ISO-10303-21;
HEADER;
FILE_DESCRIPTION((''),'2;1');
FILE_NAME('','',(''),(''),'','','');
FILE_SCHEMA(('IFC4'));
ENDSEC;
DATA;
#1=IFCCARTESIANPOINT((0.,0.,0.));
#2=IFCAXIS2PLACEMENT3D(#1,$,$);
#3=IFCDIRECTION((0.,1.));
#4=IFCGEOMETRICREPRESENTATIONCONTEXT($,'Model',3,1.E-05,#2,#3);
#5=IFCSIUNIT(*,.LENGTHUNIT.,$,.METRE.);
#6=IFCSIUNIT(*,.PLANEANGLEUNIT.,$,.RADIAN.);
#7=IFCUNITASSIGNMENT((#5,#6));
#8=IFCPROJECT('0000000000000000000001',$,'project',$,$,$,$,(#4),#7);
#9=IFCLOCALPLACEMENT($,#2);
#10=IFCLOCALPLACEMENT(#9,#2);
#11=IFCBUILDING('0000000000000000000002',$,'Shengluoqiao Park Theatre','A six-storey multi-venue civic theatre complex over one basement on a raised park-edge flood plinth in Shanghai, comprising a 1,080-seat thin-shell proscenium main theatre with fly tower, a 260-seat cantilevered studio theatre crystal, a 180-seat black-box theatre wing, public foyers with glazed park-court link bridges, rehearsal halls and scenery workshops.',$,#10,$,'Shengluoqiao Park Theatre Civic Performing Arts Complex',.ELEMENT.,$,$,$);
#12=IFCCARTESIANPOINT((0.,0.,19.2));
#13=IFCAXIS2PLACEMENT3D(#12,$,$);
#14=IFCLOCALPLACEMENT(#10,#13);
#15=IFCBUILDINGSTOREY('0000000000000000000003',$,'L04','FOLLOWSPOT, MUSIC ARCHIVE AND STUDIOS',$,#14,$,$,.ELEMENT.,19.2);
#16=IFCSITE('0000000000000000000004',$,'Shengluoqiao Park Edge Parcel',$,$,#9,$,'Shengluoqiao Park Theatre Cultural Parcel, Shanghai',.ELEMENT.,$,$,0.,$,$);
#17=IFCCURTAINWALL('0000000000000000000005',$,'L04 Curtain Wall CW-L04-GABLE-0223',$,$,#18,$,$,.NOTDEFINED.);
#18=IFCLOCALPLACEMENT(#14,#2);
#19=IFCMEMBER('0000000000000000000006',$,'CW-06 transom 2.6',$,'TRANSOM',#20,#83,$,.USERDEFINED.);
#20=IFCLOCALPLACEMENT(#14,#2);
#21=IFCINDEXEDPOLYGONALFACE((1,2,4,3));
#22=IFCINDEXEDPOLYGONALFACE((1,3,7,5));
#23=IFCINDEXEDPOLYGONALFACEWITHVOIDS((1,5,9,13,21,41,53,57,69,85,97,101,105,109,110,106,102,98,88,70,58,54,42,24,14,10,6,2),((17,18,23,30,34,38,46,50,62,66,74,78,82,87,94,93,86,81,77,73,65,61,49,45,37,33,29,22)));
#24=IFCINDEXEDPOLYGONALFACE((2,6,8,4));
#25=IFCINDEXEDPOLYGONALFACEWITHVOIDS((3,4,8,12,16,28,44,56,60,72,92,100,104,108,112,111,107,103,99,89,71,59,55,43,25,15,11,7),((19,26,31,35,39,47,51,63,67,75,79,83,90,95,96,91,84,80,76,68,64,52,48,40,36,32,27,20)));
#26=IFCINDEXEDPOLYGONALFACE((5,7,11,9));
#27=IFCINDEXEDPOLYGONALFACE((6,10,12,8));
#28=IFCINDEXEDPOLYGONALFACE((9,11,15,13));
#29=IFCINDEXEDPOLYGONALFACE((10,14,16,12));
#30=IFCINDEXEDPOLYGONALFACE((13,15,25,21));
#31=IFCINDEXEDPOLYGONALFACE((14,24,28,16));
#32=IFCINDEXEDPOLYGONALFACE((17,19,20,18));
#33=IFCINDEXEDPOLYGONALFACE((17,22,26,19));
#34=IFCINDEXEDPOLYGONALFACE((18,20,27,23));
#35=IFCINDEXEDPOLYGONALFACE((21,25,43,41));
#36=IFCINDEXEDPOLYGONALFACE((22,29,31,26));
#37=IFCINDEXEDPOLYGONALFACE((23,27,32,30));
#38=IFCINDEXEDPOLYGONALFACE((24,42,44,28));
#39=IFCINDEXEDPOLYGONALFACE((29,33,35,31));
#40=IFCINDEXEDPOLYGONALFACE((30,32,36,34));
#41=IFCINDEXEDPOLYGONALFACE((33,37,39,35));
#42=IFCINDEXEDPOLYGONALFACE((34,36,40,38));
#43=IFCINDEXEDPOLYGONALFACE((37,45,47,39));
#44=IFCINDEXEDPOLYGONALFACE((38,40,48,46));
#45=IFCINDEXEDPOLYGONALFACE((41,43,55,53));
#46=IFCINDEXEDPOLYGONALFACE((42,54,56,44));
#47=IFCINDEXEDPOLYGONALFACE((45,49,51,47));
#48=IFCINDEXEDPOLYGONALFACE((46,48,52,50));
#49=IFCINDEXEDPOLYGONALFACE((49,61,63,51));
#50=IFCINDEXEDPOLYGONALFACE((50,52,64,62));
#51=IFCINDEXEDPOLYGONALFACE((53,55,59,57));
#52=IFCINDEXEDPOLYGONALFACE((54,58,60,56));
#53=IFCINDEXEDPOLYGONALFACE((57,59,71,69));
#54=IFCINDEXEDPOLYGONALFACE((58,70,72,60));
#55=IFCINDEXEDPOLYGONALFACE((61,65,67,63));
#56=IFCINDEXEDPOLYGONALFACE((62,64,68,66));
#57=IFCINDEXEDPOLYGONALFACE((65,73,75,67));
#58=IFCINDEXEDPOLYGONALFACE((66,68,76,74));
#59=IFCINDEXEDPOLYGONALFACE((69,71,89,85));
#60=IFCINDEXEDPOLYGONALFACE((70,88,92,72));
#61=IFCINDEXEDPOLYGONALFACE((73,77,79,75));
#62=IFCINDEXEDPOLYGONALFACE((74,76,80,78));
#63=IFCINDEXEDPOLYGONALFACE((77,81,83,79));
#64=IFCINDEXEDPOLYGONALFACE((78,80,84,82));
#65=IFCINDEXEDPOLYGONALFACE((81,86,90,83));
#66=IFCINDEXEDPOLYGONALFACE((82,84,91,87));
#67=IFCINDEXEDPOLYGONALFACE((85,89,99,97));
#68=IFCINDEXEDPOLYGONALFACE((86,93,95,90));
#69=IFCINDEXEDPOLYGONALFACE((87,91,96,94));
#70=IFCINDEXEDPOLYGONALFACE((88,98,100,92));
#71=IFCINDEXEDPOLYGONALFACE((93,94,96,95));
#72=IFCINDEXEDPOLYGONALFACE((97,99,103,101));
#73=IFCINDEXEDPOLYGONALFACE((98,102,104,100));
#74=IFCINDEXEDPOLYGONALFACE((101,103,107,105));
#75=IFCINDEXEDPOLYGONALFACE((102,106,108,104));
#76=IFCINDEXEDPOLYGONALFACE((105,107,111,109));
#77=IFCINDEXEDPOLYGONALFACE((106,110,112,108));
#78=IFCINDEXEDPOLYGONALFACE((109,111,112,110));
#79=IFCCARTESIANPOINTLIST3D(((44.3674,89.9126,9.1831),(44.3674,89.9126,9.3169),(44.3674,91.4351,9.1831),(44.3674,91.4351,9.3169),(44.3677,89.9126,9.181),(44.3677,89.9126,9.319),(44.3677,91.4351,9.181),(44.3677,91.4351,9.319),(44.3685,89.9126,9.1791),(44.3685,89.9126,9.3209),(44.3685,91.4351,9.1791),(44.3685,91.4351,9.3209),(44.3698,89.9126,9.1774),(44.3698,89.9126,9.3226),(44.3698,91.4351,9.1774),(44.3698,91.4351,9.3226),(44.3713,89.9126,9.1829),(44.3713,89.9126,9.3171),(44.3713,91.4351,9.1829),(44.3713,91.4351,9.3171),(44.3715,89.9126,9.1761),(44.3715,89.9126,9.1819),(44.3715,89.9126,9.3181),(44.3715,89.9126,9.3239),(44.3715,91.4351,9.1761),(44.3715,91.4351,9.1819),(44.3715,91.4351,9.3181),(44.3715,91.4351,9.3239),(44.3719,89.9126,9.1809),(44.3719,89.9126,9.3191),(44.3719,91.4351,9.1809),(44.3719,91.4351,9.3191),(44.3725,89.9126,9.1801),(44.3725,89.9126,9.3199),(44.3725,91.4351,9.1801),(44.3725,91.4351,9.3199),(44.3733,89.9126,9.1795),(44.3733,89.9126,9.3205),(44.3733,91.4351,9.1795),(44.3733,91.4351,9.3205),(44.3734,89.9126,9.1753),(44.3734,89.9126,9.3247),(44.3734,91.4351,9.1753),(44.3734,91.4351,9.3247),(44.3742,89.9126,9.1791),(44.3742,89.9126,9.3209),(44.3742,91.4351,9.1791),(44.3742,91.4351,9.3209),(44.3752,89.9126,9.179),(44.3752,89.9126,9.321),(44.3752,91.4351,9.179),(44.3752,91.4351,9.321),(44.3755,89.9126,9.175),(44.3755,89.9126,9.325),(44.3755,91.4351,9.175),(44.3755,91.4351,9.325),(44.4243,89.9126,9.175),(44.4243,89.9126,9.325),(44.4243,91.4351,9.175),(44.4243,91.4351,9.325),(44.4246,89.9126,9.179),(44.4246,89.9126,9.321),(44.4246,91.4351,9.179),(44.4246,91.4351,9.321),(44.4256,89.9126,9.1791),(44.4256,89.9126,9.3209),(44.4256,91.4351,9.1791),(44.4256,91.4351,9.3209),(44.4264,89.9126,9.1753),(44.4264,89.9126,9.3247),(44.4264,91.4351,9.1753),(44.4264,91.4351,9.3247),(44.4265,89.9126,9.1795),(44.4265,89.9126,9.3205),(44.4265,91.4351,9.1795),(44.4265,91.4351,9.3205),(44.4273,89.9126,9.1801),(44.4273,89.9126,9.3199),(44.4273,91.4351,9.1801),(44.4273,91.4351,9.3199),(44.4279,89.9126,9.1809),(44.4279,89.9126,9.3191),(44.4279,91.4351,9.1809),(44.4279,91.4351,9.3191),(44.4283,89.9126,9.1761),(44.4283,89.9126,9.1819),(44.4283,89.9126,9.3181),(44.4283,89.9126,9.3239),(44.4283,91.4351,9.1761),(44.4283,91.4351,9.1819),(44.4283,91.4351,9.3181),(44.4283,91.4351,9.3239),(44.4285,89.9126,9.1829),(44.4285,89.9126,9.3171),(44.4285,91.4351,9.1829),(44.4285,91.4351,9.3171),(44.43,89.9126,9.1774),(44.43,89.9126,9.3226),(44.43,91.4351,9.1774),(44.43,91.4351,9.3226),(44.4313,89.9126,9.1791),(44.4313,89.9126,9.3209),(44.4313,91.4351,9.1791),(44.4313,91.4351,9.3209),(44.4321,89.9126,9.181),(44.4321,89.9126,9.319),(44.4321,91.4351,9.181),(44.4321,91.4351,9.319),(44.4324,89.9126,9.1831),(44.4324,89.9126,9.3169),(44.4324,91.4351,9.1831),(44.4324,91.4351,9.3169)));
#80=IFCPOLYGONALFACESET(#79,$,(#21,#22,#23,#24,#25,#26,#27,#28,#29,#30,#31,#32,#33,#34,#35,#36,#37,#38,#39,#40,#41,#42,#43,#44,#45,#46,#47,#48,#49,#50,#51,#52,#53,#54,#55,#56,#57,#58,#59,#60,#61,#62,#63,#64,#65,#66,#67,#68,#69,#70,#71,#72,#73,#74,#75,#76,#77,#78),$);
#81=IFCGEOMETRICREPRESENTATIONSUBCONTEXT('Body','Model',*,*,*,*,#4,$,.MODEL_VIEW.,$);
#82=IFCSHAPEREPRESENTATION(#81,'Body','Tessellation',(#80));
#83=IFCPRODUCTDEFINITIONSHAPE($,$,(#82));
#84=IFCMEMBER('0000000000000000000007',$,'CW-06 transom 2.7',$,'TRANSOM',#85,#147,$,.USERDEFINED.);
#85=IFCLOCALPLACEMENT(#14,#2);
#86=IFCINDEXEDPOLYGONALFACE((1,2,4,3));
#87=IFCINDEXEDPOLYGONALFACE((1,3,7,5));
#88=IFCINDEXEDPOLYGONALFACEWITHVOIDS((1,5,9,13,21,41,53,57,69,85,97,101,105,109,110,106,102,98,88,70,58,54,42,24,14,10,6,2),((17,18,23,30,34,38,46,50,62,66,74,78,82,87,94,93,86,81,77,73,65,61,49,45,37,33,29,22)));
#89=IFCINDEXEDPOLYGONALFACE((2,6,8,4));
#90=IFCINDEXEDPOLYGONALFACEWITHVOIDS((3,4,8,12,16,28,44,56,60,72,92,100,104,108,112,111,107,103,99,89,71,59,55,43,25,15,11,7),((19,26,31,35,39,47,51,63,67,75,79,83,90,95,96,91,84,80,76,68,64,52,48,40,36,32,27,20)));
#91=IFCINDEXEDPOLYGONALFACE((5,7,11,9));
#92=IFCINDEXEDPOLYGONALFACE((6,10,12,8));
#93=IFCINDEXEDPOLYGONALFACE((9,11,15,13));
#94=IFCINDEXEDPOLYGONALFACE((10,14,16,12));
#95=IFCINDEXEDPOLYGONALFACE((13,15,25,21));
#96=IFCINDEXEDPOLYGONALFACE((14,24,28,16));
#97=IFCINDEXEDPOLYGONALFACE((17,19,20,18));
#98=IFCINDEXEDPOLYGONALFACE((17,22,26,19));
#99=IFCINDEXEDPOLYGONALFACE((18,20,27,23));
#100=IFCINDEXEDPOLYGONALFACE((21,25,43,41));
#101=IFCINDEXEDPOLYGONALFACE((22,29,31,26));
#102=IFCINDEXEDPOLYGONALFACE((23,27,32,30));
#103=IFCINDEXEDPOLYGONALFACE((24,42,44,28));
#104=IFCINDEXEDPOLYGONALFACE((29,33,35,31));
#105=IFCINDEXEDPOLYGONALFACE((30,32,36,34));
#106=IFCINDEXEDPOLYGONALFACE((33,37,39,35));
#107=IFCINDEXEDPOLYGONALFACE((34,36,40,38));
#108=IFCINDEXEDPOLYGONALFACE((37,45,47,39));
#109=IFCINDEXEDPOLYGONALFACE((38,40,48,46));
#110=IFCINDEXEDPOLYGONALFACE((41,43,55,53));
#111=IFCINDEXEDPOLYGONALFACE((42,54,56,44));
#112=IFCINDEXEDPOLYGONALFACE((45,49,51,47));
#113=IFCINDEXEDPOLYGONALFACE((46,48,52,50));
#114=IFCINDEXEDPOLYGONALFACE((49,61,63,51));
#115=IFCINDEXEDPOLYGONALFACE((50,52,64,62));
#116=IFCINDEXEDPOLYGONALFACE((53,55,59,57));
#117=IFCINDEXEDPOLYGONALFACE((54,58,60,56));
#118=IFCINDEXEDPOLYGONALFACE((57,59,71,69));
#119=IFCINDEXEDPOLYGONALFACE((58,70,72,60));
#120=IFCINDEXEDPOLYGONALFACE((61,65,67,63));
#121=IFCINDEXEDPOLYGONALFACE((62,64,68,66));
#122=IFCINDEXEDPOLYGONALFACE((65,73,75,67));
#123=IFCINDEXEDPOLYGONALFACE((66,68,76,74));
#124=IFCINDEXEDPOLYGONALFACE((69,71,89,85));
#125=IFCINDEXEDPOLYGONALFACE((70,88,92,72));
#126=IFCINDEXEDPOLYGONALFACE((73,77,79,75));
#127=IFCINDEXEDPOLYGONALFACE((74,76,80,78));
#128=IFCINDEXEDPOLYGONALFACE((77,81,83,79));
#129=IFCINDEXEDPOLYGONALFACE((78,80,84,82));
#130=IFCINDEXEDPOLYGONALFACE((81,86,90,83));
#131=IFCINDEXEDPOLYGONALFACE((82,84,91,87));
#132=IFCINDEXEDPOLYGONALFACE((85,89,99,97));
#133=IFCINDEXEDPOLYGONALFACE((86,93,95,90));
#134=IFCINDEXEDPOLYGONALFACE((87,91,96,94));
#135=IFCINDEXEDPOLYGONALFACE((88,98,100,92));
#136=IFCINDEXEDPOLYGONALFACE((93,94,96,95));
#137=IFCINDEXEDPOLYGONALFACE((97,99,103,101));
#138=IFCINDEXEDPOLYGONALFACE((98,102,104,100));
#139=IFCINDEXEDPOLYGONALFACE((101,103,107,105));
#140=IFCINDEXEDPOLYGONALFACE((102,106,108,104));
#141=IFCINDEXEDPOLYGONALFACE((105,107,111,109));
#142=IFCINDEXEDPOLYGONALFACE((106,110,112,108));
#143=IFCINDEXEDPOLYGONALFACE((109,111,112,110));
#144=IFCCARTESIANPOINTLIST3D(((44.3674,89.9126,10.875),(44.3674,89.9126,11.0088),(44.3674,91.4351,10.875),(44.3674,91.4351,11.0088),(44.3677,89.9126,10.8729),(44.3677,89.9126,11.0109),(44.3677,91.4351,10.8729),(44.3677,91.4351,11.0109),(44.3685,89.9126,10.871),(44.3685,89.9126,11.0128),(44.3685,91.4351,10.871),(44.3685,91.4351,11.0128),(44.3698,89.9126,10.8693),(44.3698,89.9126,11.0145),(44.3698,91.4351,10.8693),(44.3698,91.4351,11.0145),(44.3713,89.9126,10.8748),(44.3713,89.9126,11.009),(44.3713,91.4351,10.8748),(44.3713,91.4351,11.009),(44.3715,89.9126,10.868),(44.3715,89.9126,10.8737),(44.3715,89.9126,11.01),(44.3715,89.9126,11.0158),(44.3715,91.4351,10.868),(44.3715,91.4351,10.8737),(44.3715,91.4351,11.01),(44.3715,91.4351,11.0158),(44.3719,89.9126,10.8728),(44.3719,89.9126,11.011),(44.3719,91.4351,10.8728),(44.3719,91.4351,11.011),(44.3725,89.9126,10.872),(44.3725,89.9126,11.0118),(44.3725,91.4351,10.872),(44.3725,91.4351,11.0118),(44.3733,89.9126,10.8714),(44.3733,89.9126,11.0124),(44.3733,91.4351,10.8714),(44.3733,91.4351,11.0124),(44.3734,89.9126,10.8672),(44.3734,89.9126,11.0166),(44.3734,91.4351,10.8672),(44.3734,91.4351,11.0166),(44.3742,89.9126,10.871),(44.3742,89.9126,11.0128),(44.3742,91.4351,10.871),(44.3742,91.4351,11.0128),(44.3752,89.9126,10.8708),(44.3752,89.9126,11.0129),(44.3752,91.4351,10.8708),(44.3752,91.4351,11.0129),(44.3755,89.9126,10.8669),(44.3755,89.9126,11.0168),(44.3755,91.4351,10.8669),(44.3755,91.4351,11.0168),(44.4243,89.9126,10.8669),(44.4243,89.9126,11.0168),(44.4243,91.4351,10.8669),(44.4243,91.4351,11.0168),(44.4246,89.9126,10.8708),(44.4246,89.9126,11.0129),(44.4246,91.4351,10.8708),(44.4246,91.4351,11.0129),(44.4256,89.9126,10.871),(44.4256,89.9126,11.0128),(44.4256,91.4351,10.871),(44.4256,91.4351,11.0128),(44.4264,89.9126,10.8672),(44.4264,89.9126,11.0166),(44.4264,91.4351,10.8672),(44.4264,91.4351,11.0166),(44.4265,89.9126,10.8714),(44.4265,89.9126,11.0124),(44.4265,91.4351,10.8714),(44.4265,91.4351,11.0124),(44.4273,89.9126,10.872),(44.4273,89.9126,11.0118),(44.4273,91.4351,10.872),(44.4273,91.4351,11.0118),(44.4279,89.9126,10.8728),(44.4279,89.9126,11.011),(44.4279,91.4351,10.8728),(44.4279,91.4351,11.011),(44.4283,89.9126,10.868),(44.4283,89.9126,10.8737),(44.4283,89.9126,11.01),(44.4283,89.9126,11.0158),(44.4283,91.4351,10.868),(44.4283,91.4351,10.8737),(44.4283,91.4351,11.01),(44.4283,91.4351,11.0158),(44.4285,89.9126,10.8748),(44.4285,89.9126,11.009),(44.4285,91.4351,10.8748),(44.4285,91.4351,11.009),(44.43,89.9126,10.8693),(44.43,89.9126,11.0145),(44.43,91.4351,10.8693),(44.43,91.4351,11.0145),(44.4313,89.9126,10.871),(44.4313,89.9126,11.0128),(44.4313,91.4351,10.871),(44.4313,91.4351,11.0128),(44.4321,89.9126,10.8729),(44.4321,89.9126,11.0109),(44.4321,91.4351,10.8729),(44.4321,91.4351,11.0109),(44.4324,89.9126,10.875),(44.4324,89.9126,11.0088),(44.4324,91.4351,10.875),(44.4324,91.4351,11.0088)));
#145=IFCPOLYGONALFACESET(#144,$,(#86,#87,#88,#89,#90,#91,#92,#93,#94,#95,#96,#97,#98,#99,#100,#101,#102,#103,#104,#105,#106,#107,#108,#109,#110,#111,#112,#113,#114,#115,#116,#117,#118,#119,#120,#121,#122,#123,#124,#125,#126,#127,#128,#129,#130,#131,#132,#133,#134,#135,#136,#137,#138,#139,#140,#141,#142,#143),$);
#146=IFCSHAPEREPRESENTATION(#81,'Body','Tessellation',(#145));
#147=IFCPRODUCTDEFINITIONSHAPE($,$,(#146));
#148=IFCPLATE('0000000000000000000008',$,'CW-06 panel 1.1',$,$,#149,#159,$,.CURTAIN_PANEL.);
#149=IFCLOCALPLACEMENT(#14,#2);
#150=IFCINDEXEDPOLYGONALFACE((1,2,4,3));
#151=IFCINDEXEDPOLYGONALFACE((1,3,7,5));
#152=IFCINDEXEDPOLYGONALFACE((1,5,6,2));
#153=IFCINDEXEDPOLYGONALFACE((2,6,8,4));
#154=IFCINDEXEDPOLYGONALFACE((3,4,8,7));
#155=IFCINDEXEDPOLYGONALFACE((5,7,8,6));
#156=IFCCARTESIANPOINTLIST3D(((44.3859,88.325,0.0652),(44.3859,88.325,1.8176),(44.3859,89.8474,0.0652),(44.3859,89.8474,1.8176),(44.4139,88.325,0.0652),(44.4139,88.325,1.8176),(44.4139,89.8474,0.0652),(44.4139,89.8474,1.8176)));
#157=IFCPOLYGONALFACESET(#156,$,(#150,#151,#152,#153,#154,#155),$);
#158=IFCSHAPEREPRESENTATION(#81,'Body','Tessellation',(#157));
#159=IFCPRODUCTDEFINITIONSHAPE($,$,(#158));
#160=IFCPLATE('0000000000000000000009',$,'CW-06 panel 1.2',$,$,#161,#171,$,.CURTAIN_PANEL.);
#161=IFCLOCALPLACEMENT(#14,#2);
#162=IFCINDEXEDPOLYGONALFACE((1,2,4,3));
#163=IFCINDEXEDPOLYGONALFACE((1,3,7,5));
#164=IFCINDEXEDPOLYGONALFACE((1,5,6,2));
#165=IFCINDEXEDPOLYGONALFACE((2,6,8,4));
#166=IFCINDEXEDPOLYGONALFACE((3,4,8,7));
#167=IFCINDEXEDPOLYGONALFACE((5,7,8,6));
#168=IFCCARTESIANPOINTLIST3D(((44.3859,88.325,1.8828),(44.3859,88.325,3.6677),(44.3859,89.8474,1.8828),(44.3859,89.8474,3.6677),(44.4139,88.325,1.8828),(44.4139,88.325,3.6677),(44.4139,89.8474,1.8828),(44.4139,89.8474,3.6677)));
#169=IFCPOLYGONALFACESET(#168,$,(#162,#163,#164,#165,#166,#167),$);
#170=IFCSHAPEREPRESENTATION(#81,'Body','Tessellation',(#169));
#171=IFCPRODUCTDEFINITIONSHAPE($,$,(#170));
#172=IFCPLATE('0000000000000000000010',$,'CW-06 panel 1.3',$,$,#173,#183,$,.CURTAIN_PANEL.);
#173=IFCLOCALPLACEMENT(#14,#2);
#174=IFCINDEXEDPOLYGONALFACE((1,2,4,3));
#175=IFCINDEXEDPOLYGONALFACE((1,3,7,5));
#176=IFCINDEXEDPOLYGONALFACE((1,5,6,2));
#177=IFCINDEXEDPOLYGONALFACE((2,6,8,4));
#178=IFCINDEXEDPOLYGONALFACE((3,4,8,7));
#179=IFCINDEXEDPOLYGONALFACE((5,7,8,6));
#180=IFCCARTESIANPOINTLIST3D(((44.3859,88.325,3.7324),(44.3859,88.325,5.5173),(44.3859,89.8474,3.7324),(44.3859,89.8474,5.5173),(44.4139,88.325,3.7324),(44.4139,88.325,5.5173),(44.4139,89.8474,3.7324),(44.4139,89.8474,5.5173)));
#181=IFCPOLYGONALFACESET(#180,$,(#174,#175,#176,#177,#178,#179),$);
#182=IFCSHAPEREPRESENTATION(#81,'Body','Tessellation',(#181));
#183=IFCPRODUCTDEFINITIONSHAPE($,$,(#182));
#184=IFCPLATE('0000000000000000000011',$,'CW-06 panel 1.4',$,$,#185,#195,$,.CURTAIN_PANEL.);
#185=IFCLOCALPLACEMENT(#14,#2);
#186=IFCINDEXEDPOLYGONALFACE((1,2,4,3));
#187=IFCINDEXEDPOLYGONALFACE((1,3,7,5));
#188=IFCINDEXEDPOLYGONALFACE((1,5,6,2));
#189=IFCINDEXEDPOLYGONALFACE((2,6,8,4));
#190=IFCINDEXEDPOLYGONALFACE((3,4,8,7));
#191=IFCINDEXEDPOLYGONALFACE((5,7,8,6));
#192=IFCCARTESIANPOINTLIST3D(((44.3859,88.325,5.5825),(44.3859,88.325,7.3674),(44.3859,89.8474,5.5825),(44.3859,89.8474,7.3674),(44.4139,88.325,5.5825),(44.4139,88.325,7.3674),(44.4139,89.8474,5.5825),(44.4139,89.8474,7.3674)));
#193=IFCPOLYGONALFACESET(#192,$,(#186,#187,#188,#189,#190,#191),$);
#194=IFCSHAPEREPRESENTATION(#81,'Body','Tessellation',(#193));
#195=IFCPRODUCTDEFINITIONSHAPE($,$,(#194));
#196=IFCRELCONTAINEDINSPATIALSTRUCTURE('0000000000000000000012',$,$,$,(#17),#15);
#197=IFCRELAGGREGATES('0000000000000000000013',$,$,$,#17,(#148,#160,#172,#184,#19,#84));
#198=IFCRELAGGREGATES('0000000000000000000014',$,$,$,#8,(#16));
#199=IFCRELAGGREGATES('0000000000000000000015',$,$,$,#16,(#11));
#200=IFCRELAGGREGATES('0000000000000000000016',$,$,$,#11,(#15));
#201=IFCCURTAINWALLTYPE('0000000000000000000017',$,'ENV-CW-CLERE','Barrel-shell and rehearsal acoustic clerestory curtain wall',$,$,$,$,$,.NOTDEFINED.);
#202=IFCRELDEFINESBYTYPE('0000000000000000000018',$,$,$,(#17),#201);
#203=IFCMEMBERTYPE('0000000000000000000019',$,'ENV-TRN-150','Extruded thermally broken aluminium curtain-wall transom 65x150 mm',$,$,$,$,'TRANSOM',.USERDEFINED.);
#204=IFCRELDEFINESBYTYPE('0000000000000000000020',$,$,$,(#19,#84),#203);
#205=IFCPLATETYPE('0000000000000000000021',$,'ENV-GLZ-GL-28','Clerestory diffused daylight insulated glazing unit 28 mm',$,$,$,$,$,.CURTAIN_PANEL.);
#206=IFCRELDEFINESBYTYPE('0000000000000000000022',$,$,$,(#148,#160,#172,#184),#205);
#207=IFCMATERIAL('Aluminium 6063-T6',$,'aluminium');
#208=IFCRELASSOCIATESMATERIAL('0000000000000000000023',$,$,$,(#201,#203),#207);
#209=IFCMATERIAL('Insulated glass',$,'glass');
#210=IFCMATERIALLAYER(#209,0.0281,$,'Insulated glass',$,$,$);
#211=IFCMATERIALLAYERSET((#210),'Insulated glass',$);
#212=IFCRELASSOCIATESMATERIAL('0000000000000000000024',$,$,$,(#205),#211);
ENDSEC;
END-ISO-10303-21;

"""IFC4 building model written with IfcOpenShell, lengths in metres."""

from ifc_helpers import new_model, si_unit, direction, frame, origin, origin_2d, place, context, subcontext, project, spatial, rectangle, hollow_rectangle, extrude, material, layer, layer_set, material_profile, profile_set, type_object, element, aggregate, save


model = new_model("IFC4")

# Units and contexts
model_context = context("Model", 3, precision=1e-05, world=origin(), true_north=direction((0.0, 1.0)))
body_context = subcontext(model_context, "Body", "Model", "MODEL_VIEW")
ifc_project = project(units=[si_unit("LENGTHUNIT", "METRE"), si_unit("PLANEANGLEUNIT", "RADIAN")], contexts=[model_context])

# Site, building, storey
site_placement = place(None, origin())
site = spatial("IfcSite", under=ifc_project, at=site_placement, Name="Shengluoqiao Park Edge Parcel", LongName="Shengluoqiao Park Theatre Cultural Parcel, Shanghai", CompositionType="ELEMENT", RefElevation=0.0)
building_placement = place(site_placement, origin())
building = spatial("IfcBuilding", under=site, at=building_placement, Name="Shengluoqiao Park Theatre", Description="A six-storey multi-venue civic theatre complex over one basement on a raised park-edge flood plinth in Shanghai, comprising a 1,080-seat thin-shell proscenium main theatre with fly tower, a 260-seat cantilevered studio theatre crystal, a 180-seat black-box theatre wing, public foyers with glazed park-court link bridges, rehearsal halls and scenery workshops.", LongName="Shengluoqiao Park Theatre Civic Performing Arts Complex", CompositionType="ELEMENT")
storey_placement = place(building_placement, frame((0.0, 0.0, 19.2)))
storey = spatial("IfcBuildingStorey", under=building, at=storey_placement, Name="L04", Description="FOLLOWSPOT, MUSIC ARCHIVE AND STUDIOS", CompositionType="ELEMENT", Elevation=19.2)

# Curtain wall, members, plates
ifc_material_1 = material(Name="Aluminium 6063-T6", Category="aluminium")
curtain_wall_type = type_object("IfcCurtainWallType", Name="ENV-CW-CLERE", Description="Barrel-shell and rehearsal acoustic clerestory curtain wall", PredefinedType="NOTDEFINED", material=ifc_material_1)
curtain_wall_placement = place(storey_placement, origin())
curtain_wall = element("IfcCurtainWall", 1, at=curtain_wall_placement, inside=storey, type_object=curtain_wall_type, Name="L04 Curtain Wall CW-L04-GABLE-0223", PredefinedType="NOTDEFINED")
ifc_material_profile_1 = material_profile(ifc_material_1, hollow_rectangle(XDim=0.0649, YDim=0.1499, WallThickness=0.0039, InnerFilletRadius=0.0039, OuterFilletRadius=0.0081, at=origin_2d()), Name="ALU TRANSOM 150x65x4")
ifc_profile_set_1 = profile_set([ifc_material_profile_1], Name="Aluminium 6063-T6")
member_type_1 = type_object("IfcMemberType", Name="ENV-TRN-150", Description="Extruded thermally broken aluminium curtain-wall transom 65x150 mm", ElementType="TRANSOM", PredefinedType="USERDEFINED", material=ifc_profile_set_1)
member_1_placement = place(storey_placement, frame((44.3999, 89.9126, 9.25), z_axis=(0.0, 1.0, 0.0), x_axis=(-1.0, 0.0, 0.0)))
member_1 = element("IfcMember", 2, at=member_1_placement, type_object=member_type_1, Name="CW-06 transom 2.6", ObjectType="TRANSOM", PredefinedType="USERDEFINED", context=body_context, shape_type="SweptSolid", body=[
    extrude(hollow_rectangle(XDim=0.0649, YDim=0.1499, WallThickness=0.0039, InnerFilletRadius=0.0039, OuterFilletRadius=0.0081, at=origin_2d()), origin(), (0.0, 0.0, 1.0), 1.5225),
])
member_2_placement = place(storey_placement, frame((44.3999, 89.9126, 10.9419), z_axis=(0.0, 1.0, 0.0), x_axis=(-1.0, 0.0, 0.0)))
member_2 = element("IfcMember", 3, at=member_2_placement, type_object=member_type_1, Name="CW-06 transom 2.7", ObjectType="TRANSOM", PredefinedType="USERDEFINED", context=body_context, shape_type="SweptSolid", body=[
    extrude(hollow_rectangle(XDim=0.0649, YDim=0.1499, WallThickness=0.0039, InnerFilletRadius=0.0039, OuterFilletRadius=0.0081, at=origin_2d()), origin(), (0.0, 0.0, 1.0), 1.5225),
])
ifc_material_2 = material(Name="Insulated glass", Category="glass")
ifc_layer = layer(ifc_material_2, 0.0281, Name="Insulated glass")
ifc_layer_set = layer_set([ifc_layer], Name="Insulated glass")
plate_type = type_object("IfcPlateType", Name="ENV-GLZ-GL-28", Description="Clerestory diffused daylight insulated glazing unit 28 mm", PredefinedType="CURTAIN_PANEL", material=ifc_layer_set)
plate_1_placement = place(storey_placement, frame((44.3999, 89.0862, 0.0652), z_axis=(0.0, 0.0, 1.0), x_axis=(0.0, 1.0, 0.0)))
plate_1 = element("IfcPlate", 4, at=plate_1_placement, type_object=plate_type, Name="CW-06 panel 1.1", PredefinedType="CURTAIN_PANEL", context=body_context, shape_type="SweptSolid", body=[
    extrude(rectangle(XDim=1.5225, YDim=0.0281, at=origin_2d()), origin(), (0.0, 0.0, 1.0), 1.7524),
])
plate_2_placement = place(storey_placement, frame((44.3999, 89.0862, 1.8828), z_axis=(0.0, 0.0, 1.0), x_axis=(0.0, 1.0, 0.0)))
plate_2 = element("IfcPlate", 5, at=plate_2_placement, type_object=plate_type, Name="CW-06 panel 1.2", PredefinedType="CURTAIN_PANEL", context=body_context, shape_type="SweptSolid", body=[
    extrude(rectangle(XDim=1.5225, YDim=0.0281, at=origin_2d()), origin(), (0.0, 0.0, 1.0), 1.7849),
])
plate_3_placement = place(storey_placement, frame((44.3999, 89.0862, 3.7324), z_axis=(0.0, 0.0, 1.0), x_axis=(0.0, 1.0, 0.0)))
plate_3 = element("IfcPlate", 6, at=plate_3_placement, type_object=plate_type, Name="CW-06 panel 1.3", PredefinedType="CURTAIN_PANEL", context=body_context, shape_type="SweptSolid", body=[
    extrude(rectangle(XDim=1.5225, YDim=0.0281, at=origin_2d()), origin(), (0.0, 0.0, 1.0), 1.7849),
])
plate_4_placement = place(storey_placement, frame((44.3999, 89.0862, 5.5825), z_axis=(0.0, 0.0, 1.0), x_axis=(0.0, 1.0, 0.0)))
plate_4 = element("IfcPlate", 7, at=plate_4_placement, type_object=plate_type, Name="CW-06 panel 1.4", PredefinedType="CURTAIN_PANEL", context=body_context, shape_type="SweptSolid", body=[
    extrude(rectangle(XDim=1.5225, YDim=0.0281, at=origin_2d()), origin(), (0.0, 0.0, 1.0), 1.7849),
])
aggregate(curtain_wall, [plate_1, plate_2, plate_3, plate_4, member_1, member_2])

save(model, "model.ifc")
